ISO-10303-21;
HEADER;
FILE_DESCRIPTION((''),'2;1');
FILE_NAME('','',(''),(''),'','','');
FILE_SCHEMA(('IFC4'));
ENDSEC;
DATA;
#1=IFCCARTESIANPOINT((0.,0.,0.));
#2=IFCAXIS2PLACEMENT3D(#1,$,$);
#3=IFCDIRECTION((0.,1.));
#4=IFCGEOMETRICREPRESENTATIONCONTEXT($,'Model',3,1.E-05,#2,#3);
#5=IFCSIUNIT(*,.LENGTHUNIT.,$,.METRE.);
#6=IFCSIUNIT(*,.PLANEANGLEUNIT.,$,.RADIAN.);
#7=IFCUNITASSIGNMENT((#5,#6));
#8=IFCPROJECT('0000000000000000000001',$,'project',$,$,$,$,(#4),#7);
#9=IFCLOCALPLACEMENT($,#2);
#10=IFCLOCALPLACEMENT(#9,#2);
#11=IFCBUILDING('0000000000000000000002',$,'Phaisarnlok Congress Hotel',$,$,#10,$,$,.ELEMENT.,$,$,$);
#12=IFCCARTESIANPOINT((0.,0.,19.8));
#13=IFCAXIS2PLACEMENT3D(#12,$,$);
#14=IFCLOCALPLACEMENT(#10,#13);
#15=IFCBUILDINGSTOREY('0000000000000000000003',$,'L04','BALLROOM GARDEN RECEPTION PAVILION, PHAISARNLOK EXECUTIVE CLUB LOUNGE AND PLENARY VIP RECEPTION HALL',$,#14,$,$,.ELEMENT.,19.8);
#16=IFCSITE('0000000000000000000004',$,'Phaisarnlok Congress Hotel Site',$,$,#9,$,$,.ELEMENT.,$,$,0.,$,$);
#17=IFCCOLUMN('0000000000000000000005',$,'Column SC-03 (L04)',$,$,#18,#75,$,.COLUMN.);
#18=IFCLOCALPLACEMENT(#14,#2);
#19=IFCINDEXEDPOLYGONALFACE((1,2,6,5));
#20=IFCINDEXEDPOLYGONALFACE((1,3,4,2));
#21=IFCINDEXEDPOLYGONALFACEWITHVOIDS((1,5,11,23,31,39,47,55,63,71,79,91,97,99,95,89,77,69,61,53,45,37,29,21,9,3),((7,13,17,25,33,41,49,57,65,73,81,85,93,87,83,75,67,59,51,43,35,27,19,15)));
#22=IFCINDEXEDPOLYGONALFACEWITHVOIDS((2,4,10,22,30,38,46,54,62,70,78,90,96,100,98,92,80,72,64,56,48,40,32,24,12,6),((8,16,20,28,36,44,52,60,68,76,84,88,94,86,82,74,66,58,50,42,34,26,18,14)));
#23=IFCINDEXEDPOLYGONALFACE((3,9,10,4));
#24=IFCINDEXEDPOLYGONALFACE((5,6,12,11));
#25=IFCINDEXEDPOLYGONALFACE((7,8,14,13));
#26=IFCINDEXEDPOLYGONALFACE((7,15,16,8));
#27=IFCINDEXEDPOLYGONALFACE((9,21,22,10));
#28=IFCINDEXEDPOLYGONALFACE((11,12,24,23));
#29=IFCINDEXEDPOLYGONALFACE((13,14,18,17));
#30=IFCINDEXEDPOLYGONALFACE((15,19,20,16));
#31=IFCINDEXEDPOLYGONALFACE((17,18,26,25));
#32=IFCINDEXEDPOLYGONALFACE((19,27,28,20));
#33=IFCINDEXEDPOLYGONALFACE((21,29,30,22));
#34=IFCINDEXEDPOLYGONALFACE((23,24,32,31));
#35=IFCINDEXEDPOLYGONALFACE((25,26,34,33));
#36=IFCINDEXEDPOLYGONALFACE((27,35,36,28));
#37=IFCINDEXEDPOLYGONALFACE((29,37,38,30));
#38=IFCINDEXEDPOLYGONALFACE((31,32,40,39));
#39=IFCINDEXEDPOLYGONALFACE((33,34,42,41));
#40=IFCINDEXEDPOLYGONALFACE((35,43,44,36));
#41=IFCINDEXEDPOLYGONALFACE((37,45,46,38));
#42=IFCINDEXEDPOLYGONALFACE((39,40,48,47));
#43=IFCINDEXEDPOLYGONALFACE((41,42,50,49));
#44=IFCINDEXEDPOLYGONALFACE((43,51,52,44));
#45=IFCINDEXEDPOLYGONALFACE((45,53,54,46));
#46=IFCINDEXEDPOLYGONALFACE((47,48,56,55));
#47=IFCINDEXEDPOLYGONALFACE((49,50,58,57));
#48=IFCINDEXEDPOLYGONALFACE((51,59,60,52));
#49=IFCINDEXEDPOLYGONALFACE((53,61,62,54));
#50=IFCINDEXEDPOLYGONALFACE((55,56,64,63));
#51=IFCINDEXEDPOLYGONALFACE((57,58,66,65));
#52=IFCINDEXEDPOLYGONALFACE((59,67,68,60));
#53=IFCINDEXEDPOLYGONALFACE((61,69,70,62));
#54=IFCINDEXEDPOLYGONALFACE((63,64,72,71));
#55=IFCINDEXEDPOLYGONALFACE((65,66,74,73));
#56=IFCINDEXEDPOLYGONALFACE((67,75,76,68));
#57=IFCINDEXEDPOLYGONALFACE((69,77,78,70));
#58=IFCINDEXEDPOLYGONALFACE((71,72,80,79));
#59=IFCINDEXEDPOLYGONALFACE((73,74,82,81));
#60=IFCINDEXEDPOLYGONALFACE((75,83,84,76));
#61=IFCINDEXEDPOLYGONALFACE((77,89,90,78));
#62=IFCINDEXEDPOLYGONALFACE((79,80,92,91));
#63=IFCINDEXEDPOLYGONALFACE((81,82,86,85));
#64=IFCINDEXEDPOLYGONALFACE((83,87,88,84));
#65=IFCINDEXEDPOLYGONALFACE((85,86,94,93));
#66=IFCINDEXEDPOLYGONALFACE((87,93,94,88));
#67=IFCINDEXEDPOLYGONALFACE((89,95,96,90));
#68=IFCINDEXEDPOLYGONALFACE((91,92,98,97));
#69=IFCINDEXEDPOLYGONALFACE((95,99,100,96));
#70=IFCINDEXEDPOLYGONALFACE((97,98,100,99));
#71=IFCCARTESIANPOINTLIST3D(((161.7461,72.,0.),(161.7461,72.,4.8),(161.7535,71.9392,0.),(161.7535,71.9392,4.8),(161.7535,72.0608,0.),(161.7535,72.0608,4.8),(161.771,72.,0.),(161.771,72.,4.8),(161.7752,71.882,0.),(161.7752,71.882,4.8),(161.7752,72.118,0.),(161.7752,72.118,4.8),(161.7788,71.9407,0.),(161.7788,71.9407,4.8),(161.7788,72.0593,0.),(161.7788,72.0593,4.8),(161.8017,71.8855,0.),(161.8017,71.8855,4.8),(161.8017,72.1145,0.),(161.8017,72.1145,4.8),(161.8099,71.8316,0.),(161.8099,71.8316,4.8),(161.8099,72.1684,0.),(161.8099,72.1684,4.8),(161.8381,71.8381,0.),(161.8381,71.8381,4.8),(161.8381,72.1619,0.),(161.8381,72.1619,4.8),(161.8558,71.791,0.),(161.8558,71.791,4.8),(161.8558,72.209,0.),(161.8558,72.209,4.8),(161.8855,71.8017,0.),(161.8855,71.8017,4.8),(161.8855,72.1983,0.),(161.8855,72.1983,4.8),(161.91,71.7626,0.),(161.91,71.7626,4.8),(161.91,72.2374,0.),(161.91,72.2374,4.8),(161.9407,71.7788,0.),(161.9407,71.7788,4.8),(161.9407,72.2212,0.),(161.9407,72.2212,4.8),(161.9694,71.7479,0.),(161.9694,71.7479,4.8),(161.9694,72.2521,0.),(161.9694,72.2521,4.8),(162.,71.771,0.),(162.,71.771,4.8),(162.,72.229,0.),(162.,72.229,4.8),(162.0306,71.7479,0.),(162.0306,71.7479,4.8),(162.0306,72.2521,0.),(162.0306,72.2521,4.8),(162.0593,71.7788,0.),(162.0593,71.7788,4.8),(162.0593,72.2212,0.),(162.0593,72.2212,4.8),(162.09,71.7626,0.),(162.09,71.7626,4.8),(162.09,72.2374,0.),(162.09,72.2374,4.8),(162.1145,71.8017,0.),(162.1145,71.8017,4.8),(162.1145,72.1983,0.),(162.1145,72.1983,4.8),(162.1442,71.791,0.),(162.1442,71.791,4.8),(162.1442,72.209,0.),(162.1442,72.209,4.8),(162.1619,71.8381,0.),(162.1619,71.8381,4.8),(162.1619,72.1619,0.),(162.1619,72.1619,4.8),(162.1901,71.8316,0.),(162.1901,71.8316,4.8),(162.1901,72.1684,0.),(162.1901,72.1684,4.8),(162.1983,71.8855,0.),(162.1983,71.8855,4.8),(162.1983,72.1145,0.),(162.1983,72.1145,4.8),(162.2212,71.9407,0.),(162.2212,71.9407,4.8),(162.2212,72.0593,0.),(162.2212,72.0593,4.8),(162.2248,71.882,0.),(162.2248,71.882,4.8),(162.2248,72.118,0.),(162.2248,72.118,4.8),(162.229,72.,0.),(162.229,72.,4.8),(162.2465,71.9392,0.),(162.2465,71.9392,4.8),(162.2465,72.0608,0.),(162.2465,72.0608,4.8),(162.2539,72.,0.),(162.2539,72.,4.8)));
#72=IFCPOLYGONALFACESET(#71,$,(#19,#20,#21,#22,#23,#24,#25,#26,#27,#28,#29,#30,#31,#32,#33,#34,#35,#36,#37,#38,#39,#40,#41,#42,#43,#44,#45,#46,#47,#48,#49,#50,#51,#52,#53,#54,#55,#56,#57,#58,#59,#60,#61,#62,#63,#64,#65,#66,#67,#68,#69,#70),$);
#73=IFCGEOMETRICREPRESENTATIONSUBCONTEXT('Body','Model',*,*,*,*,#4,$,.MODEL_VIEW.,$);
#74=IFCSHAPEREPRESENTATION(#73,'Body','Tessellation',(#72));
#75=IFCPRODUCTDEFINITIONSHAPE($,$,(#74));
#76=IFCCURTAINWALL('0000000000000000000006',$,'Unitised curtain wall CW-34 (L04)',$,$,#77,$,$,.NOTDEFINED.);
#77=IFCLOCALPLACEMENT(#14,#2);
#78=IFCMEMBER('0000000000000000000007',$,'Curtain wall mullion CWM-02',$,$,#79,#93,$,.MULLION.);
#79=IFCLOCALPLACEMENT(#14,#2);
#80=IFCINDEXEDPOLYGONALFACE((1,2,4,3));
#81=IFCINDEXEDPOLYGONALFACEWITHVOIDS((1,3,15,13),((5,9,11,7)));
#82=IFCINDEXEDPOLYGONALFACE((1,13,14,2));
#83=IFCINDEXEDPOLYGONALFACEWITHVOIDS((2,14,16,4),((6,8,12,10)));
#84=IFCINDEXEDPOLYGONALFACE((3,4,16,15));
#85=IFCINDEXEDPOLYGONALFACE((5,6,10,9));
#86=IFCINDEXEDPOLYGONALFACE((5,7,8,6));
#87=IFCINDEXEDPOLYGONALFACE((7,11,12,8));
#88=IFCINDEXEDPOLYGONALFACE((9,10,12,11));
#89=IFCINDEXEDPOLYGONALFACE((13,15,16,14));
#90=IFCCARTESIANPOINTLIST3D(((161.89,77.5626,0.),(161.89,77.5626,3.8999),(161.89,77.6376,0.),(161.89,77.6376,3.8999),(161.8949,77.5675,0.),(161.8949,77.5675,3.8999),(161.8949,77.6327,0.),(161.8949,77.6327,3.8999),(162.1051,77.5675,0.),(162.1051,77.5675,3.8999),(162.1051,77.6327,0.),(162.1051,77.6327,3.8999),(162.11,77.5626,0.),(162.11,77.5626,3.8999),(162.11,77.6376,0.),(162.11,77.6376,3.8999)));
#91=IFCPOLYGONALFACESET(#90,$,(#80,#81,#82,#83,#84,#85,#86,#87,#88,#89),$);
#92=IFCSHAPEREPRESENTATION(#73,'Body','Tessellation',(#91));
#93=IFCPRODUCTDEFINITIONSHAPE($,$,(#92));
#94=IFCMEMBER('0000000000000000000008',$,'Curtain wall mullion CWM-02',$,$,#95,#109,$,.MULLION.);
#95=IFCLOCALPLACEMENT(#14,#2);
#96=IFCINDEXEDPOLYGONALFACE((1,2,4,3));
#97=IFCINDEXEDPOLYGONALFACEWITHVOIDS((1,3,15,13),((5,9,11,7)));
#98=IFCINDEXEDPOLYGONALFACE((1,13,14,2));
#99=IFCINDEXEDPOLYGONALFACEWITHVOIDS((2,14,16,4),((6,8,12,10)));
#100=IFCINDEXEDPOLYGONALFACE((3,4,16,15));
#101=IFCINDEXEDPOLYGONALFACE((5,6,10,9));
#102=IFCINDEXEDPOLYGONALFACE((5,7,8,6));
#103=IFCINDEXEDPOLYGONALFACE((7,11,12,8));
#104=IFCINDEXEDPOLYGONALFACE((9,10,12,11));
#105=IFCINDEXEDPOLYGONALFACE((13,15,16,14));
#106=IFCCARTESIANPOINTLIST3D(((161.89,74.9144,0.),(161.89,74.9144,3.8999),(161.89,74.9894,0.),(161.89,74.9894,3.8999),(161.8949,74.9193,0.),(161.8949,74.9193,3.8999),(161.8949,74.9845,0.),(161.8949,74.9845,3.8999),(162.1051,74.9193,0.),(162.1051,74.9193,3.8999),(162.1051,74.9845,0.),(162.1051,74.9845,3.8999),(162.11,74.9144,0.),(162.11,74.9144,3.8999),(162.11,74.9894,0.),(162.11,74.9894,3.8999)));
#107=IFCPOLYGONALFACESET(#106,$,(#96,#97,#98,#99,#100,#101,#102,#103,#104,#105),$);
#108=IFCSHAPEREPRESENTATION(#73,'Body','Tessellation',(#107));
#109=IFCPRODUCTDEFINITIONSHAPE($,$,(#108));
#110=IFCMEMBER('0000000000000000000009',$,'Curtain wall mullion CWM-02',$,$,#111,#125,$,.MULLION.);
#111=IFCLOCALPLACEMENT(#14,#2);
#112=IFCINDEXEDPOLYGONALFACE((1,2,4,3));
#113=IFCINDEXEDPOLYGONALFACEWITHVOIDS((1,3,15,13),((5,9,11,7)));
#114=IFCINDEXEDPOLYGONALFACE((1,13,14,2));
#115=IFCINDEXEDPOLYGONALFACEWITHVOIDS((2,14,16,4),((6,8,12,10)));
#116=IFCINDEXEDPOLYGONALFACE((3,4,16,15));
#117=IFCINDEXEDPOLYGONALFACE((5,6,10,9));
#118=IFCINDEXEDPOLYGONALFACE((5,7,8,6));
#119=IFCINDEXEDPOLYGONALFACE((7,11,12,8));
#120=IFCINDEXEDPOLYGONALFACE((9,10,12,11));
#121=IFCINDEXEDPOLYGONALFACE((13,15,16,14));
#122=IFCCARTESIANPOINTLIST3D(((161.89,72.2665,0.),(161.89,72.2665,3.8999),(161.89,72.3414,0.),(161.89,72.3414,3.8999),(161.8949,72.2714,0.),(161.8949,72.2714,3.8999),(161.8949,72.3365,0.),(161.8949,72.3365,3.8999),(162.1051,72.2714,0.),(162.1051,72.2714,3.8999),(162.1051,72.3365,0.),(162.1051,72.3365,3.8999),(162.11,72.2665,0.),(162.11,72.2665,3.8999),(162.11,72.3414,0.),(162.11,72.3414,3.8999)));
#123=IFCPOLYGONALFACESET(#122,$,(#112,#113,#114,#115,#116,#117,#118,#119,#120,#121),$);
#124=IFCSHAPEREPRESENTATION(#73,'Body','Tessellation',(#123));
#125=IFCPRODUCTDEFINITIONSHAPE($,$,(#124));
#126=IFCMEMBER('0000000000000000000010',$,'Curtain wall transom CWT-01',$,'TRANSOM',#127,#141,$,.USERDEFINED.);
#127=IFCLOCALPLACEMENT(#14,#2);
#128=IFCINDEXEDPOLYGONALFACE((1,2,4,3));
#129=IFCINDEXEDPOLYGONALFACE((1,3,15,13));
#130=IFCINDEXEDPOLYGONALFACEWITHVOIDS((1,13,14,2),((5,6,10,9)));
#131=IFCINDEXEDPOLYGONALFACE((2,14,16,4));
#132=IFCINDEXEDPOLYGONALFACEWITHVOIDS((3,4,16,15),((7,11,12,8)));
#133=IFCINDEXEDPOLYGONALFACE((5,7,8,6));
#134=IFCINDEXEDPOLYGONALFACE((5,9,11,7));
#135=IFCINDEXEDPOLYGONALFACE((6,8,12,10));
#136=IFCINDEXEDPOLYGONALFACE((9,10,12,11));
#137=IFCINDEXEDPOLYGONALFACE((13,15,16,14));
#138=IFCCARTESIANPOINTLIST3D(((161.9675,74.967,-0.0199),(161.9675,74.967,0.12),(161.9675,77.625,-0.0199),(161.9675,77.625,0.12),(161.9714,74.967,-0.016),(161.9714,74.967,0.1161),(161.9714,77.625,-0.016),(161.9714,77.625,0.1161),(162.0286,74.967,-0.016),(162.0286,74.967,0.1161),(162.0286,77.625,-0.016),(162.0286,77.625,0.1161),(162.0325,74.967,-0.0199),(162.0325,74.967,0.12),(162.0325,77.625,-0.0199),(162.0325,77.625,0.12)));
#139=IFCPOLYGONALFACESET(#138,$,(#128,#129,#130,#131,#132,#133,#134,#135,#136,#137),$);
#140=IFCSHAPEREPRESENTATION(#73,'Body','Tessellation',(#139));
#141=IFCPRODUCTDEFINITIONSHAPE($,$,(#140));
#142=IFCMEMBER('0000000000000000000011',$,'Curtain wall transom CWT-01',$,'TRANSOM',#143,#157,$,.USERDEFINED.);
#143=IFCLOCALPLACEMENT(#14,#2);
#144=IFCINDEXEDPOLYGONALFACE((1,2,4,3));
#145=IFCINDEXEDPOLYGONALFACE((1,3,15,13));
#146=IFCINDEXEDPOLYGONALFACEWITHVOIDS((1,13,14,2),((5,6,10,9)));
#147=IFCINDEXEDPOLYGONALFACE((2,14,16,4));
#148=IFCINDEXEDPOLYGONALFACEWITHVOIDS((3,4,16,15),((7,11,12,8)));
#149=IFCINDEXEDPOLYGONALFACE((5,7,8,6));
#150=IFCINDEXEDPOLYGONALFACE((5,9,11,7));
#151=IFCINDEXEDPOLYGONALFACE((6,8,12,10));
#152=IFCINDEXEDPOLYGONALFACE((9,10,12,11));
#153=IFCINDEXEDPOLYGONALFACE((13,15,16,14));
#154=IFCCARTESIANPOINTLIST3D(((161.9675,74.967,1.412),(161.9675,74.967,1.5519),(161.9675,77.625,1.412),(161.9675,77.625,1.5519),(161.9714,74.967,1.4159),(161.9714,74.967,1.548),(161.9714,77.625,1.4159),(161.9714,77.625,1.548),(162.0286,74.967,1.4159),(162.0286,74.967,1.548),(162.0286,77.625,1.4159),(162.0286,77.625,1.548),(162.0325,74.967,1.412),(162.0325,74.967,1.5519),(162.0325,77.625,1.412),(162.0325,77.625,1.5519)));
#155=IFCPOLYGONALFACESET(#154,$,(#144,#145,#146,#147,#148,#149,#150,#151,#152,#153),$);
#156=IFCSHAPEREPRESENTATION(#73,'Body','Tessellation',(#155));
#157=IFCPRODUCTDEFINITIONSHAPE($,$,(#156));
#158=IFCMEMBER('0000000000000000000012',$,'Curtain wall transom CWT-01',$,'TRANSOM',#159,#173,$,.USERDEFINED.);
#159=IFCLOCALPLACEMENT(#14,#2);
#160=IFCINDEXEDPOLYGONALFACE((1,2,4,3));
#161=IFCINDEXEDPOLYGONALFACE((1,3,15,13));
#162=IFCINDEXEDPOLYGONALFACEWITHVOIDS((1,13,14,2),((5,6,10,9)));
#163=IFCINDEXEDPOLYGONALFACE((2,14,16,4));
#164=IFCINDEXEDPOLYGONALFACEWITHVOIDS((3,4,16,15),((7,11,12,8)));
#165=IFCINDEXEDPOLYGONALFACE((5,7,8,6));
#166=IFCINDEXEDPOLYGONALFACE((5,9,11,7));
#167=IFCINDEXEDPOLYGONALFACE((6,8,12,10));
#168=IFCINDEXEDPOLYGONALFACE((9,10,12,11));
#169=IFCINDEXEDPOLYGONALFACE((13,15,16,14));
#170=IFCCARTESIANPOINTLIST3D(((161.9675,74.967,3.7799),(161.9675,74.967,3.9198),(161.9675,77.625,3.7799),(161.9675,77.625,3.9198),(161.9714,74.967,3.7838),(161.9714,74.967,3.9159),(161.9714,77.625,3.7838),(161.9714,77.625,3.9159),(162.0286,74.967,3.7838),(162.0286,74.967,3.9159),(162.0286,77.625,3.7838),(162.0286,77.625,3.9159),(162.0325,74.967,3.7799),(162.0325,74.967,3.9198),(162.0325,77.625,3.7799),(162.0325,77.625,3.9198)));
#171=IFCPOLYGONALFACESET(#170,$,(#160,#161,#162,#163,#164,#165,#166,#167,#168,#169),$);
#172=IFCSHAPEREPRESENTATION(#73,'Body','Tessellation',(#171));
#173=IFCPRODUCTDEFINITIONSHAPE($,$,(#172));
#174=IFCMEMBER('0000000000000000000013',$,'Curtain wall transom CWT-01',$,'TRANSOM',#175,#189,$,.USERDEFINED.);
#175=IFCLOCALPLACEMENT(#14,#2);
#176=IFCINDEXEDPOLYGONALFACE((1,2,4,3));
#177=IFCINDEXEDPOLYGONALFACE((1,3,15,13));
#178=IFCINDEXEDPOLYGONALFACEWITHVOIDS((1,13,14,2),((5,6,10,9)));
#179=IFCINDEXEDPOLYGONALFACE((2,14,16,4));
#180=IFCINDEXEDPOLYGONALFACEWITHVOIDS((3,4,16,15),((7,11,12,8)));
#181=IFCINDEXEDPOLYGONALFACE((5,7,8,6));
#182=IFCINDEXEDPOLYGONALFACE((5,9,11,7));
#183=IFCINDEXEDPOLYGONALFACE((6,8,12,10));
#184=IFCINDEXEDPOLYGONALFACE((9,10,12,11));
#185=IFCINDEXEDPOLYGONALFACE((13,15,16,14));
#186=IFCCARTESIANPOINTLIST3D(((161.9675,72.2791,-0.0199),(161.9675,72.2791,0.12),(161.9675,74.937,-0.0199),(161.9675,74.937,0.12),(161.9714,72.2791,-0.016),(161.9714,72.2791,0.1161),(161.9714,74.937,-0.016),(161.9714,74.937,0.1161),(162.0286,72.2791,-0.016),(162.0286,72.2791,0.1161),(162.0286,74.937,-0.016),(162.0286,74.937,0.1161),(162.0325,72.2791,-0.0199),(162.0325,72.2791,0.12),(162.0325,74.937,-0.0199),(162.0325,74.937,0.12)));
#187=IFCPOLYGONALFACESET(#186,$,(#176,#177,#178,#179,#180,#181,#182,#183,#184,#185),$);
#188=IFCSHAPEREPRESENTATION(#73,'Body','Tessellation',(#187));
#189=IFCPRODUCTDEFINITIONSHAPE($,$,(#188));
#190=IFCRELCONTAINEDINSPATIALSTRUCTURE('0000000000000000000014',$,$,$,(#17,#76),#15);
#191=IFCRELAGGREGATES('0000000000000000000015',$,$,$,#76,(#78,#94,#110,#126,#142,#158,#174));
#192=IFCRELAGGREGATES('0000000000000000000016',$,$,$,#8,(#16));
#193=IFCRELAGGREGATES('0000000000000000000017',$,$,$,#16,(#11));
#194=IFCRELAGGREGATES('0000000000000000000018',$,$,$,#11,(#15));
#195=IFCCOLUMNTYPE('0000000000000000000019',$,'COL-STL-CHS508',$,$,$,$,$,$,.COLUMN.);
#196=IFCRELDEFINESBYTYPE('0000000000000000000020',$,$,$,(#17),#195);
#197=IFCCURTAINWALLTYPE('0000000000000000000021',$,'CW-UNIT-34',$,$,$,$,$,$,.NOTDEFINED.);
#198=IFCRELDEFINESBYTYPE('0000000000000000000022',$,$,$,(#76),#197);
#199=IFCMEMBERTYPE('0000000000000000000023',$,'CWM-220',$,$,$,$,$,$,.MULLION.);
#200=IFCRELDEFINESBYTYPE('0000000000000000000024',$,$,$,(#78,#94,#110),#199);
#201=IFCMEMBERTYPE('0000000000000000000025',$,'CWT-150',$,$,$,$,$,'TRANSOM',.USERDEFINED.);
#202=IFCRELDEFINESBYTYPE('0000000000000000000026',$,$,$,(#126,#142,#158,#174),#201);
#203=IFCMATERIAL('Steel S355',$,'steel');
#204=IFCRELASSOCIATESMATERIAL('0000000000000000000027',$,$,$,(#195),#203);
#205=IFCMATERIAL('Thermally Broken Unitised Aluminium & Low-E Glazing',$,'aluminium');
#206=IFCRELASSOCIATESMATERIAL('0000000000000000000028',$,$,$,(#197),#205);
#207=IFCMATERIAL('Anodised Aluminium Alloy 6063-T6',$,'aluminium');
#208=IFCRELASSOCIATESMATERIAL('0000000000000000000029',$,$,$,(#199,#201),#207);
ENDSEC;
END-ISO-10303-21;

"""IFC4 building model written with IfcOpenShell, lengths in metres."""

from ifc_helpers import new_model, si_unit, direction, frame, origin, origin_2d, place, context, subcontext, project, spatial, hollow_rectangle, hollow_circle, extrude, material, material_profile, profile_set, type_object, element, aggregate, save


model = new_model("IFC4")

# Units and contexts
model_context = context("Model", 3, precision=1e-05, world=origin(), true_north=direction((0.0, 1.0)))
body_context = subcontext(model_context, "Body", "Model", "MODEL_VIEW")
ifc_project = project(units=[si_unit("LENGTHUNIT", "METRE"), si_unit("PLANEANGLEUNIT", "RADIAN")], contexts=[model_context])

# Site, building, storey
site_placement = place(None, origin())
site = spatial("IfcSite", under=ifc_project, at=site_placement, Name="Phaisarnlok Congress Hotel Site", CompositionType="ELEMENT", RefElevation=0.0)
building_placement = place(site_placement, origin())
building = spatial("IfcBuilding", under=site, at=building_placement, Name="Phaisarnlok Congress Hotel", CompositionType="ELEMENT")
storey_placement = place(building_placement, frame((0.0, 0.0, 19.8)))
storey = spatial("IfcBuildingStorey", under=building, at=storey_placement, Name="L04", Description="BALLROOM GARDEN RECEPTION PAVILION, PHAISARNLOK EXECUTIVE CLUB LOUNGE AND PLENARY VIP RECEPTION HALL", CompositionType="ELEMENT", Elevation=19.8)

# Column
ifc_material_1 = material(Name="Steel S355", Category="steel")
ifc_material_profile_1 = material_profile(ifc_material_1, hollow_circle(Radius=0.2539, WallThickness=0.0249, at=origin_2d()), Name="CHS 508x25")
ifc_profile_set_1 = profile_set([ifc_material_profile_1], Name="Steel S355")
column_type = type_object("IfcColumnType", Name="COL-STL-CHS508", PredefinedType="COLUMN", material=ifc_profile_set_1)
column_placement = place(storey_placement, frame((162.0, 72.0, 0.0), z_axis=(0.0, 0.0, 1.0), x_axis=(1.0, 0.0, 0.0)))
element("IfcColumn", 1, at=column_placement, inside=storey, type_object=column_type, Name="Column SC-03 (L04)", PredefinedType="COLUMN", context=body_context, shape_type="SweptSolid", body=[
    extrude(hollow_circle(Radius=0.2539, WallThickness=0.0249, at=origin_2d()), origin(), (0.0, 0.0, 1.0), 4.8),
])

# Curtain wall, members
ifc_material_2 = material(Name="Thermally Broken Unitised Aluminium & Low-E Glazing", Category="aluminium")
curtain_wall_type = type_object("IfcCurtainWallType", Name="CW-UNIT-34", PredefinedType="NOTDEFINED", material=ifc_material_2)
curtain_wall_placement = place(storey_placement, origin())
curtain_wall = element("IfcCurtainWall", 2, at=curtain_wall_placement, inside=storey, type_object=curtain_wall_type, Name="Unitised curtain wall CW-34 (L04)", PredefinedType="NOTDEFINED")
ifc_material_3 = material(Name="Anodised Aluminium Alloy 6063-T6", Category="aluminium")
ifc_material_profile_2 = material_profile(ifc_material_3, hollow_rectangle(XDim=0.075, YDim=0.22, WallThickness=0.0049, at=origin_2d()), Name="ALU-M 75x220x5")
ifc_profile_set_2 = profile_set([ifc_material_profile_2], Name="Anodised Aluminium Alloy 6063-T6")
member_type_1 = type_object("IfcMemberType", Name="CWM-220", PredefinedType="MULLION", material=ifc_profile_set_2)
member_1_placement = place(storey_placement, frame((162.0, 77.6001, 0.0), z_axis=(0.0, 0.0, 1.0), x_axis=(0.0, -1.0, 0.0)))
member_1 = element("IfcMember", 3, at=member_1_placement, type_object=member_type_1, Name="Curtain wall mullion CWM-02", PredefinedType="MULLION", context=body_context, shape_type="SweptSolid", body=[
    extrude(hollow_rectangle(XDim=0.075, YDim=0.22, WallThickness=0.0049, at=origin_2d()), origin(), (0.0, 0.0, 1.0), 3.8999),
])
member_2_placement = place(storey_placement, frame((162.0, 74.9519, 0.0), z_axis=(0.0, 0.0, 1.0), x_axis=(0.0, -1.0, 0.0)))
member_2 = element("IfcMember", 4, at=member_2_placement, type_object=member_type_1, Name="Curtain wall mullion CWM-02", PredefinedType="MULLION", context=body_context, shape_type="SweptSolid", body=[
    extrude(hollow_rectangle(XDim=0.075, YDim=0.22, WallThickness=0.0049, at=origin_2d()), origin(), (0.0, 0.0, 1.0), 3.8999),
])
member_3_placement = place(storey_placement, frame((162.0, 72.304, 0.0), z_axis=(0.0, 0.0, 1.0), x_axis=(0.0, -1.0, 0.0)))
member_3 = element("IfcMember", 5, at=member_3_placement, type_object=member_type_1, Name="Curtain wall mullion CWM-02", PredefinedType="MULLION", context=body_context, shape_type="SweptSolid", body=[
    extrude(hollow_rectangle(XDim=0.075, YDim=0.22, WallThickness=0.0049, at=origin_2d()), origin(), (0.0, 0.0, 1.0), 3.8999),
])
ifc_material_profile_3 = material_profile(ifc_material_3, hollow_rectangle(XDim=0.0649, YDim=0.1399, WallThickness=0.0039, at=origin_2d()), Name="ALU-T 65x140x4")
ifc_profile_set_3 = profile_set([ifc_material_profile_3], Name="Anodised Aluminium Alloy 6063-T6")
member_type_2 = type_object("IfcMemberType", Name="CWT-150", ElementType="TRANSOM", PredefinedType="USERDEFINED", material=ifc_profile_set_3)
member_4_placement = place(storey_placement, frame((162.0, 77.625, 0.05), z_axis=(0.0, -1.0, 0.0), x_axis=(1.0, 0.0, 0.0)))
member_4 = element("IfcMember", 6, at=member_4_placement, type_object=member_type_2, Name="Curtain wall transom CWT-01", ObjectType="TRANSOM", PredefinedType="USERDEFINED", context=body_context, shape_type="SweptSolid", body=[
    extrude(hollow_rectangle(XDim=0.0649, YDim=0.1399, WallThickness=0.0039, at=origin_2d()), origin(), (0.0, 0.0, 1.0), 2.658),
])
member_5_placement = place(storey_placement, frame((162.0, 77.625, 1.4819), z_axis=(0.0, -1.0, 0.0), x_axis=(1.0, 0.0, 0.0)))
member_5 = element("IfcMember", 7, at=member_5_placement, type_object=member_type_2, Name="Curtain wall transom CWT-01", ObjectType="TRANSOM", PredefinedType="USERDEFINED", context=body_context, shape_type="SweptSolid", body=[
    extrude(hollow_rectangle(XDim=0.0649, YDim=0.1399, WallThickness=0.0039, at=origin_2d()), origin(), (0.0, 0.0, 1.0), 2.658),
])
member_6_placement = place(storey_placement, frame((162.0, 77.625, 3.8499), z_axis=(0.0, -1.0, 0.0), x_axis=(1.0, 0.0, 0.0)))
member_6 = element("IfcMember", 8, at=member_6_placement, type_object=member_type_2, Name="Curtain wall transom CWT-01", ObjectType="TRANSOM", PredefinedType="USERDEFINED", context=body_context, shape_type="SweptSolid", body=[
    extrude(hollow_rectangle(XDim=0.0649, YDim=0.1399, WallThickness=0.0039, at=origin_2d()), origin(), (0.0, 0.0, 1.0), 2.658),
])
member_7_placement = place(storey_placement, frame((162.0, 74.937, 0.05), z_axis=(0.0, -1.0, 0.0), x_axis=(1.0, 0.0, 0.0)))
member_7 = element("IfcMember", 9, at=member_7_placement, type_object=member_type_2, Name="Curtain wall transom CWT-01", ObjectType="TRANSOM", PredefinedType="USERDEFINED", context=body_context, shape_type="SweptSolid", body=[
    extrude(hollow_rectangle(XDim=0.0649, YDim=0.1399, WallThickness=0.0039, at=origin_2d()), origin(), (0.0, 0.0, 1.0), 2.658),
])

aggregate(curtain_wall, [member_1, member_2, member_3, member_4, member_5, member_6, member_7])

save(model, "model.ifc")
